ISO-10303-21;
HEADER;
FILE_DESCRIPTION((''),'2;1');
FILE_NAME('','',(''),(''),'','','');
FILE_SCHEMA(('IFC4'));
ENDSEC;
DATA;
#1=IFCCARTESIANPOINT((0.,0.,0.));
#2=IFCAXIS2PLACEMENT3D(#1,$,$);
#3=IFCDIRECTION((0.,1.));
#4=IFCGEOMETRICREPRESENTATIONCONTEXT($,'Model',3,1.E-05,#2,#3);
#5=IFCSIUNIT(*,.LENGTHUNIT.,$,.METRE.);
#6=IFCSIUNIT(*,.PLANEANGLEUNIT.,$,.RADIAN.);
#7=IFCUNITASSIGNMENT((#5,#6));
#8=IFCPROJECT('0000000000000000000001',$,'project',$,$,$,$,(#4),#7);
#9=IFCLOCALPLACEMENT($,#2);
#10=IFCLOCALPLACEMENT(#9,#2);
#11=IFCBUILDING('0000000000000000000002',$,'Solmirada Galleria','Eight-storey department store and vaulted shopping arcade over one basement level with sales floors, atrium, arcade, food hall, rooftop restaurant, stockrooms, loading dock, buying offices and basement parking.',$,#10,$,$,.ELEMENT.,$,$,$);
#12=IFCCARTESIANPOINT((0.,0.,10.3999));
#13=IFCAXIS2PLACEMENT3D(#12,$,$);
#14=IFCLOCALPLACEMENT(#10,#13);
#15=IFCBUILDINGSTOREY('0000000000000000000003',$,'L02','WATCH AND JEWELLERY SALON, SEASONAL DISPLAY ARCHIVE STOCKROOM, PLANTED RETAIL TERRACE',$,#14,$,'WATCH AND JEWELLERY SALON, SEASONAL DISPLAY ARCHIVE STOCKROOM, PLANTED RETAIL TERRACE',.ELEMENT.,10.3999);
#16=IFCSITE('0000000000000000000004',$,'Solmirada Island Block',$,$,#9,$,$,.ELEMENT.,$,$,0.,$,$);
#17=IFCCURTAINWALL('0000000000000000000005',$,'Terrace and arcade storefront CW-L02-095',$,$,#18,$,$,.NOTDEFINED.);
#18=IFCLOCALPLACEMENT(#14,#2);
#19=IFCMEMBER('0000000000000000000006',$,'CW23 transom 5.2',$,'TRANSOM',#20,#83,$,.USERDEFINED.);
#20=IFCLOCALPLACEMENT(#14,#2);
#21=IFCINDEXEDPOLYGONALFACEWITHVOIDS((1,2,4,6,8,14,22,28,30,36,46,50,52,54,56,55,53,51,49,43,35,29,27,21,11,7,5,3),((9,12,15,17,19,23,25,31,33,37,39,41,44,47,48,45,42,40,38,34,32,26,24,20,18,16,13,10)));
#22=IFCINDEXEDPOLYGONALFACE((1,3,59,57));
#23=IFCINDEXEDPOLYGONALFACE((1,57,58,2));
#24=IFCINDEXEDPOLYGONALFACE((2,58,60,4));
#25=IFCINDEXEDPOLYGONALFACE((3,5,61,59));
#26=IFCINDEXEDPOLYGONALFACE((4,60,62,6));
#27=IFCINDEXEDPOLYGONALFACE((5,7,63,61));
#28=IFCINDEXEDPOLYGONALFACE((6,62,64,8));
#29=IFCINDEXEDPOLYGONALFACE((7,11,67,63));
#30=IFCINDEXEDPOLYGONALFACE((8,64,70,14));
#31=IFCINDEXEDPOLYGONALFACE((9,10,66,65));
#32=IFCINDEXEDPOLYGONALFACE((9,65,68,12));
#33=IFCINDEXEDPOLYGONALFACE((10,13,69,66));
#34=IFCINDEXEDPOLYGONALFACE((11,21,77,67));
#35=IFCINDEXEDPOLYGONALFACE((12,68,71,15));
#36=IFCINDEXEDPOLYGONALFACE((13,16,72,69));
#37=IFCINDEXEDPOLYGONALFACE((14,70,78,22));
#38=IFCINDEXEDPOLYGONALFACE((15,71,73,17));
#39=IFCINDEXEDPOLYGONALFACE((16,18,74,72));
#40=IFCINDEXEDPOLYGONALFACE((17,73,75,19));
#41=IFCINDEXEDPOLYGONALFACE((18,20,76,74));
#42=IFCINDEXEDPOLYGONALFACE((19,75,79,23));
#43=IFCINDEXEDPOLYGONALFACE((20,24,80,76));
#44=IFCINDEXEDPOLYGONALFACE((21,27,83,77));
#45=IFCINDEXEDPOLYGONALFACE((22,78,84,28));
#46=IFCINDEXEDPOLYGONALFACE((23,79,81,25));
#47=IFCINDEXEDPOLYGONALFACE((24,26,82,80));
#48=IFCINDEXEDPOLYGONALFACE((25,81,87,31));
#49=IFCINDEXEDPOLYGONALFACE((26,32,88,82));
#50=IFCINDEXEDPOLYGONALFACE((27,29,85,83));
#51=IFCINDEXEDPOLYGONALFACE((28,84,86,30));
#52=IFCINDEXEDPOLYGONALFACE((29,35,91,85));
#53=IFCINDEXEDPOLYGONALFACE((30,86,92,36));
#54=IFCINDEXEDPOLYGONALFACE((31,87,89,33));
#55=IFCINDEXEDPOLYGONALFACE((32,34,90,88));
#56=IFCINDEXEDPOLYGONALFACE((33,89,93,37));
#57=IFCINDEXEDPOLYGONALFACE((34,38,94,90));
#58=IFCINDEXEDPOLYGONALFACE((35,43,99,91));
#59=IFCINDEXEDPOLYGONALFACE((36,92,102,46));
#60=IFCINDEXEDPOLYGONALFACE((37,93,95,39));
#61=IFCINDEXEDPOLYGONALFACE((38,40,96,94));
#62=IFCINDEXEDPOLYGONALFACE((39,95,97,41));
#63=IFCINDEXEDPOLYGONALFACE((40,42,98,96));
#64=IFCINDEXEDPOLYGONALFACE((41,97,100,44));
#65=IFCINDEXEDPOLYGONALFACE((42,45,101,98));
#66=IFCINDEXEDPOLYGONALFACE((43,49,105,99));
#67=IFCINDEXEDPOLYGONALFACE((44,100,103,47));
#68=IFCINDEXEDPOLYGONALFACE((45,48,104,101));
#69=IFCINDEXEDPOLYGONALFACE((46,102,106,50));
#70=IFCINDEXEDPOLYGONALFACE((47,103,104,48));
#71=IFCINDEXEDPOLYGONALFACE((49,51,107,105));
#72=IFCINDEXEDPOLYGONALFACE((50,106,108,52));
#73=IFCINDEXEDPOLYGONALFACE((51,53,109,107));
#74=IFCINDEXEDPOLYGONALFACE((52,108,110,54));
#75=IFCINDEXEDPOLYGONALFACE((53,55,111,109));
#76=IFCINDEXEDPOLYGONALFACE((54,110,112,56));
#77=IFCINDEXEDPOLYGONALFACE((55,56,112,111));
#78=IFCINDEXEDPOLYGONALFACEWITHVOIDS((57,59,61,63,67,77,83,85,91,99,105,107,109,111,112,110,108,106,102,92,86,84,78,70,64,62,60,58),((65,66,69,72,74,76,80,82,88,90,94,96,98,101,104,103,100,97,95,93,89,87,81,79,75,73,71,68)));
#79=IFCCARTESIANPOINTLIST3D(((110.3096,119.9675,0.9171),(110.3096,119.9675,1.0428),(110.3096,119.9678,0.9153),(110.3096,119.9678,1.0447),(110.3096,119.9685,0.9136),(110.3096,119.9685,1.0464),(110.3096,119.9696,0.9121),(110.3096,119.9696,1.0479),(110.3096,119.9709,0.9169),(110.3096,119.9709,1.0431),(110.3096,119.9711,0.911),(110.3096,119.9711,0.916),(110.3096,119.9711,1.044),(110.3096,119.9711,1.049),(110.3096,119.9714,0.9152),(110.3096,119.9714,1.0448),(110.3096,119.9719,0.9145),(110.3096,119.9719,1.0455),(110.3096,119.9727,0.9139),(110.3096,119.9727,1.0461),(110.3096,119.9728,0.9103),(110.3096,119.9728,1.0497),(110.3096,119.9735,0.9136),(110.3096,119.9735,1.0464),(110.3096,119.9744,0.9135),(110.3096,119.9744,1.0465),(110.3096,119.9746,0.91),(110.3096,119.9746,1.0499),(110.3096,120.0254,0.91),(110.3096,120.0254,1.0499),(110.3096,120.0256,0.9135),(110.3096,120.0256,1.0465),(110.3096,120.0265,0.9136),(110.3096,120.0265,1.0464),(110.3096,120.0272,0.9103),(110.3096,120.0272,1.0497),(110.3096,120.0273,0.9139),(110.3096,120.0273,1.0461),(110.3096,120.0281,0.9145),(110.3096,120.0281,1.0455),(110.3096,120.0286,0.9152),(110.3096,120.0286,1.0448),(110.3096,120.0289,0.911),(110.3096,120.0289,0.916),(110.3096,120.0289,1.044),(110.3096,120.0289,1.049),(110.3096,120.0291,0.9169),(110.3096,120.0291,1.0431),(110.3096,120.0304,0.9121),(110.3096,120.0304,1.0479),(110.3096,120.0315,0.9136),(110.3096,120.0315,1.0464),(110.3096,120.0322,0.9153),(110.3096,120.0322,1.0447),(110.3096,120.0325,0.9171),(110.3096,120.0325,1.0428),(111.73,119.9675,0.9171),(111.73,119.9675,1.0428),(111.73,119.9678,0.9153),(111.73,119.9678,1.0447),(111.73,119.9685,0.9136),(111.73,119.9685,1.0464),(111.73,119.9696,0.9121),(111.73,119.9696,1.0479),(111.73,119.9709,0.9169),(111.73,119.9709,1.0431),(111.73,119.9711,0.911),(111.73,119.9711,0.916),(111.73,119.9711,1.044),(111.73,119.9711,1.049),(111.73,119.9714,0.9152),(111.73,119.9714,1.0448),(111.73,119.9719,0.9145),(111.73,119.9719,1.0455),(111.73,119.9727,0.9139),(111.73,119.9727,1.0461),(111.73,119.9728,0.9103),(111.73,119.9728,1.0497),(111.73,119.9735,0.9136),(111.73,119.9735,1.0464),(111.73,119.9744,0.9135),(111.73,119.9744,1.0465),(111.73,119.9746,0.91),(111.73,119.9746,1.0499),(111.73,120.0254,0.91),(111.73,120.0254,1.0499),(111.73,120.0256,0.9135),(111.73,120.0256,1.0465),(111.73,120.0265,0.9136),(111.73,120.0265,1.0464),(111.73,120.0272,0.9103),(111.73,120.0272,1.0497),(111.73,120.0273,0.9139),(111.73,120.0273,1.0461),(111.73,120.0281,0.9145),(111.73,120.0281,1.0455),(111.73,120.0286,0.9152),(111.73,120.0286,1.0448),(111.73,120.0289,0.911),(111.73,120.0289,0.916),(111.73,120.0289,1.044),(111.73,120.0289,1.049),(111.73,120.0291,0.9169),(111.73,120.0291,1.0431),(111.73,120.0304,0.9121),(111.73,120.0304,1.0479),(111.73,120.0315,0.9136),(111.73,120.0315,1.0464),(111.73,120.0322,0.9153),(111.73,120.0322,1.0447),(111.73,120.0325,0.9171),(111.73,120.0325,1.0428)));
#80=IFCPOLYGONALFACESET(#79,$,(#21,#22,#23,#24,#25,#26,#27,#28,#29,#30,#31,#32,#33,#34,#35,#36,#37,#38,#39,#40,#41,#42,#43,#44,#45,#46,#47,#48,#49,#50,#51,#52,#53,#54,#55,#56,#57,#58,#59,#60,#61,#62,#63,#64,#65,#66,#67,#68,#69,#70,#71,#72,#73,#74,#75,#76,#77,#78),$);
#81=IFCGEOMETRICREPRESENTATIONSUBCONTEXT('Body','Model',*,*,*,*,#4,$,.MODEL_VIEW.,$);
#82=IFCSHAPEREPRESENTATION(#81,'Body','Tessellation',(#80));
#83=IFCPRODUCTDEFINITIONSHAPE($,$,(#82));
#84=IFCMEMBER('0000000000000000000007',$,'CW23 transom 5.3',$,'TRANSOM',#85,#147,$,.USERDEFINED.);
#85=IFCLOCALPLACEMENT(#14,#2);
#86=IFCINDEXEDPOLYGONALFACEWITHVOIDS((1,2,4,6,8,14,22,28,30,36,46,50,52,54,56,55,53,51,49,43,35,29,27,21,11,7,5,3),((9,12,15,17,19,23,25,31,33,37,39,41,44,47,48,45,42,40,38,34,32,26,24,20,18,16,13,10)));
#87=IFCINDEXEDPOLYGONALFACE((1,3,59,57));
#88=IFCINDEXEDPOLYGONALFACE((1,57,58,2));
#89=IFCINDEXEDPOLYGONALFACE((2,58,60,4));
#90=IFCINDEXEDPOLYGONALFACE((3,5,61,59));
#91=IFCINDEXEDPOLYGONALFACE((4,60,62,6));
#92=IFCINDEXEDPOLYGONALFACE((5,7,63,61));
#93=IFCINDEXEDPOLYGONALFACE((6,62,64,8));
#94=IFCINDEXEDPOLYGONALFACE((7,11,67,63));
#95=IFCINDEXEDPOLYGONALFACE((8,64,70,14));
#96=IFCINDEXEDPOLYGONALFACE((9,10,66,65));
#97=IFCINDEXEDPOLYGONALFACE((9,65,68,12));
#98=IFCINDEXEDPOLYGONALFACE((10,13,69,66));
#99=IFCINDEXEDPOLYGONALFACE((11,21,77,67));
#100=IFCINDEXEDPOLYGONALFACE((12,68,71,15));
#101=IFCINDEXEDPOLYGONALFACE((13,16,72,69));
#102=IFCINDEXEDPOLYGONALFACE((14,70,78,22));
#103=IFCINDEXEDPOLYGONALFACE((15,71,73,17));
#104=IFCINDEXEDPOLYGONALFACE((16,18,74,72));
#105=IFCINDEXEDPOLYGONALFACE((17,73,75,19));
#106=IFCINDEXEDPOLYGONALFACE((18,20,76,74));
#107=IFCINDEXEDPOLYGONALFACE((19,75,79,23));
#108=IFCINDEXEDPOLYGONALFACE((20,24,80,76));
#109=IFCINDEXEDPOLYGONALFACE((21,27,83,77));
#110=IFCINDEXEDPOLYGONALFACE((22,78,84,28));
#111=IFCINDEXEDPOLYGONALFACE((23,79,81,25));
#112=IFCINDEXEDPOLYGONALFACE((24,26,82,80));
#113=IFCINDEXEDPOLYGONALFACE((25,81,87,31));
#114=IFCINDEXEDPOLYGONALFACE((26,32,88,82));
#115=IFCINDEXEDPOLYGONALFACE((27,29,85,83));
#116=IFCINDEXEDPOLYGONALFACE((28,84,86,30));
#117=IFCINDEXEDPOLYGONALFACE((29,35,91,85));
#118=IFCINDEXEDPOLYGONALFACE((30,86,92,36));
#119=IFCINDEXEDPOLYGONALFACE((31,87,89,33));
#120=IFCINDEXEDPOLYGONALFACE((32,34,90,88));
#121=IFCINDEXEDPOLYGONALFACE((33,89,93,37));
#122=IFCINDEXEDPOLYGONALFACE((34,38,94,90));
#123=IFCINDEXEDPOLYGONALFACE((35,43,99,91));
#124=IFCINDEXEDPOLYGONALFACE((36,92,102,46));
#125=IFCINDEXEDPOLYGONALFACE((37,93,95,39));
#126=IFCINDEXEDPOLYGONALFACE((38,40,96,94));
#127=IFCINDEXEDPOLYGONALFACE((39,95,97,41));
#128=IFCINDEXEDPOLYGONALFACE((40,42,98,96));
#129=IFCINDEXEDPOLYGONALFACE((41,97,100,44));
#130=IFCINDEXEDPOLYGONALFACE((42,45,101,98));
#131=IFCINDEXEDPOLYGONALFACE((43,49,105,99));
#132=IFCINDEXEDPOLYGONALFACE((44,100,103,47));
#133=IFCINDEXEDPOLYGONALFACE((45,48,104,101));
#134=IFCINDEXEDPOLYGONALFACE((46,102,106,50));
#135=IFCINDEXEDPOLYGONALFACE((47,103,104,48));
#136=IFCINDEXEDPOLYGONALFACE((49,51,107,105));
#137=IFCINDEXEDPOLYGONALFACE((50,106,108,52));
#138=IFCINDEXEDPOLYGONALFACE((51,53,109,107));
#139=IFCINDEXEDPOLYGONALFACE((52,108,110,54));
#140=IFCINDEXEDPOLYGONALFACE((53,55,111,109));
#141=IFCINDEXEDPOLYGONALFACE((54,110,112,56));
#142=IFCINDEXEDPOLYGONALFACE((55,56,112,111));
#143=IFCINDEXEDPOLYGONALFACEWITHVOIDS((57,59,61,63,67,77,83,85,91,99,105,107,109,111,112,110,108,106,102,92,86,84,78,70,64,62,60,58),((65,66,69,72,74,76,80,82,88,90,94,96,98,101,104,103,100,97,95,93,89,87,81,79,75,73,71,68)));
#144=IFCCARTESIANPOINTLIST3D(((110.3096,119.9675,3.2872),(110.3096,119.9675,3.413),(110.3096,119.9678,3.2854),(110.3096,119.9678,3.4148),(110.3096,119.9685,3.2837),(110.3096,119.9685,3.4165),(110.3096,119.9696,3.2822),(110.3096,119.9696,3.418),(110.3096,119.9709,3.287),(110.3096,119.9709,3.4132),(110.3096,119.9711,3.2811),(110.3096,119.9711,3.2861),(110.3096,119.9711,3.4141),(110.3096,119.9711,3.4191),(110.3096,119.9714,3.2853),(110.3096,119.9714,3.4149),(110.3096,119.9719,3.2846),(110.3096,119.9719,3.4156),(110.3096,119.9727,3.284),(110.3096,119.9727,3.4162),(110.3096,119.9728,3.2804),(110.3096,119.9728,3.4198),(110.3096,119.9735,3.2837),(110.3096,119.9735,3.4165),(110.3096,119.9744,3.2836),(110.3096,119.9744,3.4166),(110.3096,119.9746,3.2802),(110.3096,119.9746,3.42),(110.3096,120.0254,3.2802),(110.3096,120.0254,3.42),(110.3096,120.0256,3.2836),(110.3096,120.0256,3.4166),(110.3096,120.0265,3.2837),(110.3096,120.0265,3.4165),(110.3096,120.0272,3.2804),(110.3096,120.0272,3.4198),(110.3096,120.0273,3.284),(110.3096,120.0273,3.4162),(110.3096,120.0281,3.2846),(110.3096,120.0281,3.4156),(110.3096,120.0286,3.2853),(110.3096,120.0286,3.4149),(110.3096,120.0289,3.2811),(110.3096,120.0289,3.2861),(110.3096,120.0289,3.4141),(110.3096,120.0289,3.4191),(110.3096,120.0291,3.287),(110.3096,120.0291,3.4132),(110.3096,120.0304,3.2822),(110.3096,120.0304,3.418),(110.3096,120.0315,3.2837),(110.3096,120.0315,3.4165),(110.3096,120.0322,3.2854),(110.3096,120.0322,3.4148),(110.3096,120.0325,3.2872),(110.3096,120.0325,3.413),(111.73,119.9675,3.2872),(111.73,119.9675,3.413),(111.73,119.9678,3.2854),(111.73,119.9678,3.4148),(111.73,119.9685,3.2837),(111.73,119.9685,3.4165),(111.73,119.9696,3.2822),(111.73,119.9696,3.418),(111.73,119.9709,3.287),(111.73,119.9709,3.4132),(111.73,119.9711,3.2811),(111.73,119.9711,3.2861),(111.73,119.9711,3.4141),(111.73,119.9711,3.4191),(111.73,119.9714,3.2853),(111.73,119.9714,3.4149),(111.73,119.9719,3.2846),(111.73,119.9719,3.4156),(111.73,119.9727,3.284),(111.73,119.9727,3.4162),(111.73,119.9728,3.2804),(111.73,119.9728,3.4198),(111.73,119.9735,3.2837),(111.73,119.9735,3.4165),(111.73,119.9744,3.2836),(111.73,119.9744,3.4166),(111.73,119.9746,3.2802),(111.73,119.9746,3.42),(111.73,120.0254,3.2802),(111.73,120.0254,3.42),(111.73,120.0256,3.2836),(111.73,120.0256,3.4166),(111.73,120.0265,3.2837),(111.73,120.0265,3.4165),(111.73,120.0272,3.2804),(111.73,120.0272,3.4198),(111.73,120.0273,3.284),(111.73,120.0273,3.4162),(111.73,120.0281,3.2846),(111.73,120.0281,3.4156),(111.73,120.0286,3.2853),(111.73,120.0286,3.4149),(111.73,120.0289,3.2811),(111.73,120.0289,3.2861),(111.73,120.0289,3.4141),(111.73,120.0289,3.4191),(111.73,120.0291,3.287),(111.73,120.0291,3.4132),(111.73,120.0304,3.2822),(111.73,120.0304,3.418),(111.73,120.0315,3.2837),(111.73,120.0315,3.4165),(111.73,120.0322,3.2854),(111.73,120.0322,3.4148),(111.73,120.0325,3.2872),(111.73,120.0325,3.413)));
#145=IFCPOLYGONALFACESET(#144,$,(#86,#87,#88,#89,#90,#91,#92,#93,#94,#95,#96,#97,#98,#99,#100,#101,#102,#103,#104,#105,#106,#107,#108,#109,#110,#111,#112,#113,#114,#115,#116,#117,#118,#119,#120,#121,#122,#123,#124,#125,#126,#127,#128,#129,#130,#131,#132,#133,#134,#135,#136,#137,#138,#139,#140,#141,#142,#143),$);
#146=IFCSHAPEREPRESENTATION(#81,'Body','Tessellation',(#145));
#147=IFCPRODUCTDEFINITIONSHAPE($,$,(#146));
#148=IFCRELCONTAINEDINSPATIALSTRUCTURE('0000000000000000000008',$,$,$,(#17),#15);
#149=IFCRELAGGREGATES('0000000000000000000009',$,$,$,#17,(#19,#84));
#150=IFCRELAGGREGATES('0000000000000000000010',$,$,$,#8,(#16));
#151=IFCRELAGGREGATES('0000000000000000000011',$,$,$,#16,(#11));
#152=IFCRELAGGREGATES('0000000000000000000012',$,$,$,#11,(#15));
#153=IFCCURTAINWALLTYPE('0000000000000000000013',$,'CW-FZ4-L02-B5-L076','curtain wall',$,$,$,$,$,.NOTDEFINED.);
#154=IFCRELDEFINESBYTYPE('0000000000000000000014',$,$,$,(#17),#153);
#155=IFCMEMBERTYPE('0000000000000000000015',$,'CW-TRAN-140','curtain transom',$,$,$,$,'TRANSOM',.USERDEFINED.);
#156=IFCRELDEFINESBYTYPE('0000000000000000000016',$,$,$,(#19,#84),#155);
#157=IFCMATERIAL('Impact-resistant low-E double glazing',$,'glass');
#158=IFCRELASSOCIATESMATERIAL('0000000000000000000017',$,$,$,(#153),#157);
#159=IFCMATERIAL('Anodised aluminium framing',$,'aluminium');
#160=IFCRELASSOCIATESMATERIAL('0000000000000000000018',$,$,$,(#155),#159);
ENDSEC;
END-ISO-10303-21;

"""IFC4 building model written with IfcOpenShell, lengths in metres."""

from ifc_helpers import new_model, si_unit, direction, frame, origin, origin_2d, place, context, subcontext, project, spatial, hollow_rectangle, extrude, material, material_profile, profile_set, type_object, element, aggregate, save


model = new_model("IFC4")

# Units and contexts
model_context = context("Model", 3, precision=1e-05, world=origin(), true_north=direction((0.0, 1.0)))
body_context = subcontext(model_context, "Body", "Model", "MODEL_VIEW")
ifc_project = project(units=[si_unit("LENGTHUNIT", "METRE"), si_unit("PLANEANGLEUNIT", "RADIAN")], contexts=[model_context])

# Site, building, storey
site_placement = place(None, origin())
site = spatial("IfcSite", under=ifc_project, at=site_placement, Name="Solmirada Island Block", CompositionType="ELEMENT", RefElevation=0.0)
building_placement = place(site_placement, origin())
building = spatial("IfcBuilding", under=site, at=building_placement, Name="Solmirada Galleria", Description="Eight-storey department store and vaulted shopping arcade over one basement level with sales floors, atrium, arcade, food hall, rooftop restaurant, stockrooms, loading dock, buying offices and basement parking.", CompositionType="ELEMENT")
storey_placement = place(building_placement, frame((0.0, 0.0, 10.3999)))
storey = spatial("IfcBuildingStorey", under=building, at=storey_placement, Name="L02", Description="WATCH AND JEWELLERY SALON, SEASONAL DISPLAY ARCHIVE STOCKROOM, PLANTED RETAIL TERRACE", LongName="WATCH AND JEWELLERY SALON, SEASONAL DISPLAY ARCHIVE STOCKROOM, PLANTED RETAIL TERRACE", CompositionType="ELEMENT", Elevation=10.3999)

# Curtain wall, members
ifc_material_1 = material(Name="Impact-resistant low-E double glazing", Category="glass")
curtain_wall_type = type_object("IfcCurtainWallType", Name="CW-FZ4-L02-B5-L076", Description="curtain wall", PredefinedType="NOTDEFINED", material=ifc_material_1)
curtain_wall_placement = place(storey_placement, origin())
curtain_wall = element("IfcCurtainWall", 1, at=curtain_wall_placement, inside=storey, type_object=curtain_wall_type, Name="Terrace and arcade storefront CW-L02-095", PredefinedType="NOTDEFINED")
ifc_material_2 = material(Name="Anodised aluminium framing", Category="aluminium")
ifc_material_profile_1 = material_profile(ifc_material_2, hollow_rectangle(XDim=0.0649, YDim=0.1399, WallThickness=0.0034, InnerFilletRadius=0.0034, OuterFilletRadius=0.0071, at=origin_2d()), Name="ALU-TRAN-140X65")
ifc_profile_set_1 = profile_set([ifc_material_profile_1], Name="Anodised aluminium framing")
member_type_1 = type_object("IfcMemberType", Name="CW-TRAN-140", Description="curtain transom", ElementType="TRANSOM", PredefinedType="USERDEFINED", material=ifc_profile_set_1)
member_1_placement = place(storey_placement, frame((110.3096, 120.0, 0.98), z_axis=(1.0, 0.0, 0.0), x_axis=(0.0, 1.0, 0.0)))
member_1 = element("IfcMember", 2, at=member_1_placement, type_object=member_type_1, Name="CW23 transom 5.2", ObjectType="TRANSOM", PredefinedType="USERDEFINED", context=body_context, shape_type="SweptSolid", body=[
    extrude(hollow_rectangle(XDim=0.0649, YDim=0.1399, WallThickness=0.0034, InnerFilletRadius=0.0034, OuterFilletRadius=0.0071, at=origin_2d()), origin(), (0.0, 0.0, 1.0), 1.4204),
])
member_2_placement = place(storey_placement, frame((110.3096, 120.0, 3.3501), z_axis=(1.0, 0.0, 0.0), x_axis=(0.0, 1.0, 0.0)))
member_2 = element("IfcMember", 3, at=member_2_placement, type_object=member_type_1, Name="CW23 transom 5.3", ObjectType="TRANSOM", PredefinedType="USERDEFINED", context=body_context, shape_type="SweptSolid", body=[
    extrude(hollow_rectangle(XDim=0.0649, YDim=0.1399, WallThickness=0.0034, InnerFilletRadius=0.0034, OuterFilletRadius=0.0071, at=origin_2d()), origin(), (0.0, 0.0, 1.0), 1.4204),
])
aggregate(curtain_wall, [member_1, member_2])

save(model, "model.ifc")
